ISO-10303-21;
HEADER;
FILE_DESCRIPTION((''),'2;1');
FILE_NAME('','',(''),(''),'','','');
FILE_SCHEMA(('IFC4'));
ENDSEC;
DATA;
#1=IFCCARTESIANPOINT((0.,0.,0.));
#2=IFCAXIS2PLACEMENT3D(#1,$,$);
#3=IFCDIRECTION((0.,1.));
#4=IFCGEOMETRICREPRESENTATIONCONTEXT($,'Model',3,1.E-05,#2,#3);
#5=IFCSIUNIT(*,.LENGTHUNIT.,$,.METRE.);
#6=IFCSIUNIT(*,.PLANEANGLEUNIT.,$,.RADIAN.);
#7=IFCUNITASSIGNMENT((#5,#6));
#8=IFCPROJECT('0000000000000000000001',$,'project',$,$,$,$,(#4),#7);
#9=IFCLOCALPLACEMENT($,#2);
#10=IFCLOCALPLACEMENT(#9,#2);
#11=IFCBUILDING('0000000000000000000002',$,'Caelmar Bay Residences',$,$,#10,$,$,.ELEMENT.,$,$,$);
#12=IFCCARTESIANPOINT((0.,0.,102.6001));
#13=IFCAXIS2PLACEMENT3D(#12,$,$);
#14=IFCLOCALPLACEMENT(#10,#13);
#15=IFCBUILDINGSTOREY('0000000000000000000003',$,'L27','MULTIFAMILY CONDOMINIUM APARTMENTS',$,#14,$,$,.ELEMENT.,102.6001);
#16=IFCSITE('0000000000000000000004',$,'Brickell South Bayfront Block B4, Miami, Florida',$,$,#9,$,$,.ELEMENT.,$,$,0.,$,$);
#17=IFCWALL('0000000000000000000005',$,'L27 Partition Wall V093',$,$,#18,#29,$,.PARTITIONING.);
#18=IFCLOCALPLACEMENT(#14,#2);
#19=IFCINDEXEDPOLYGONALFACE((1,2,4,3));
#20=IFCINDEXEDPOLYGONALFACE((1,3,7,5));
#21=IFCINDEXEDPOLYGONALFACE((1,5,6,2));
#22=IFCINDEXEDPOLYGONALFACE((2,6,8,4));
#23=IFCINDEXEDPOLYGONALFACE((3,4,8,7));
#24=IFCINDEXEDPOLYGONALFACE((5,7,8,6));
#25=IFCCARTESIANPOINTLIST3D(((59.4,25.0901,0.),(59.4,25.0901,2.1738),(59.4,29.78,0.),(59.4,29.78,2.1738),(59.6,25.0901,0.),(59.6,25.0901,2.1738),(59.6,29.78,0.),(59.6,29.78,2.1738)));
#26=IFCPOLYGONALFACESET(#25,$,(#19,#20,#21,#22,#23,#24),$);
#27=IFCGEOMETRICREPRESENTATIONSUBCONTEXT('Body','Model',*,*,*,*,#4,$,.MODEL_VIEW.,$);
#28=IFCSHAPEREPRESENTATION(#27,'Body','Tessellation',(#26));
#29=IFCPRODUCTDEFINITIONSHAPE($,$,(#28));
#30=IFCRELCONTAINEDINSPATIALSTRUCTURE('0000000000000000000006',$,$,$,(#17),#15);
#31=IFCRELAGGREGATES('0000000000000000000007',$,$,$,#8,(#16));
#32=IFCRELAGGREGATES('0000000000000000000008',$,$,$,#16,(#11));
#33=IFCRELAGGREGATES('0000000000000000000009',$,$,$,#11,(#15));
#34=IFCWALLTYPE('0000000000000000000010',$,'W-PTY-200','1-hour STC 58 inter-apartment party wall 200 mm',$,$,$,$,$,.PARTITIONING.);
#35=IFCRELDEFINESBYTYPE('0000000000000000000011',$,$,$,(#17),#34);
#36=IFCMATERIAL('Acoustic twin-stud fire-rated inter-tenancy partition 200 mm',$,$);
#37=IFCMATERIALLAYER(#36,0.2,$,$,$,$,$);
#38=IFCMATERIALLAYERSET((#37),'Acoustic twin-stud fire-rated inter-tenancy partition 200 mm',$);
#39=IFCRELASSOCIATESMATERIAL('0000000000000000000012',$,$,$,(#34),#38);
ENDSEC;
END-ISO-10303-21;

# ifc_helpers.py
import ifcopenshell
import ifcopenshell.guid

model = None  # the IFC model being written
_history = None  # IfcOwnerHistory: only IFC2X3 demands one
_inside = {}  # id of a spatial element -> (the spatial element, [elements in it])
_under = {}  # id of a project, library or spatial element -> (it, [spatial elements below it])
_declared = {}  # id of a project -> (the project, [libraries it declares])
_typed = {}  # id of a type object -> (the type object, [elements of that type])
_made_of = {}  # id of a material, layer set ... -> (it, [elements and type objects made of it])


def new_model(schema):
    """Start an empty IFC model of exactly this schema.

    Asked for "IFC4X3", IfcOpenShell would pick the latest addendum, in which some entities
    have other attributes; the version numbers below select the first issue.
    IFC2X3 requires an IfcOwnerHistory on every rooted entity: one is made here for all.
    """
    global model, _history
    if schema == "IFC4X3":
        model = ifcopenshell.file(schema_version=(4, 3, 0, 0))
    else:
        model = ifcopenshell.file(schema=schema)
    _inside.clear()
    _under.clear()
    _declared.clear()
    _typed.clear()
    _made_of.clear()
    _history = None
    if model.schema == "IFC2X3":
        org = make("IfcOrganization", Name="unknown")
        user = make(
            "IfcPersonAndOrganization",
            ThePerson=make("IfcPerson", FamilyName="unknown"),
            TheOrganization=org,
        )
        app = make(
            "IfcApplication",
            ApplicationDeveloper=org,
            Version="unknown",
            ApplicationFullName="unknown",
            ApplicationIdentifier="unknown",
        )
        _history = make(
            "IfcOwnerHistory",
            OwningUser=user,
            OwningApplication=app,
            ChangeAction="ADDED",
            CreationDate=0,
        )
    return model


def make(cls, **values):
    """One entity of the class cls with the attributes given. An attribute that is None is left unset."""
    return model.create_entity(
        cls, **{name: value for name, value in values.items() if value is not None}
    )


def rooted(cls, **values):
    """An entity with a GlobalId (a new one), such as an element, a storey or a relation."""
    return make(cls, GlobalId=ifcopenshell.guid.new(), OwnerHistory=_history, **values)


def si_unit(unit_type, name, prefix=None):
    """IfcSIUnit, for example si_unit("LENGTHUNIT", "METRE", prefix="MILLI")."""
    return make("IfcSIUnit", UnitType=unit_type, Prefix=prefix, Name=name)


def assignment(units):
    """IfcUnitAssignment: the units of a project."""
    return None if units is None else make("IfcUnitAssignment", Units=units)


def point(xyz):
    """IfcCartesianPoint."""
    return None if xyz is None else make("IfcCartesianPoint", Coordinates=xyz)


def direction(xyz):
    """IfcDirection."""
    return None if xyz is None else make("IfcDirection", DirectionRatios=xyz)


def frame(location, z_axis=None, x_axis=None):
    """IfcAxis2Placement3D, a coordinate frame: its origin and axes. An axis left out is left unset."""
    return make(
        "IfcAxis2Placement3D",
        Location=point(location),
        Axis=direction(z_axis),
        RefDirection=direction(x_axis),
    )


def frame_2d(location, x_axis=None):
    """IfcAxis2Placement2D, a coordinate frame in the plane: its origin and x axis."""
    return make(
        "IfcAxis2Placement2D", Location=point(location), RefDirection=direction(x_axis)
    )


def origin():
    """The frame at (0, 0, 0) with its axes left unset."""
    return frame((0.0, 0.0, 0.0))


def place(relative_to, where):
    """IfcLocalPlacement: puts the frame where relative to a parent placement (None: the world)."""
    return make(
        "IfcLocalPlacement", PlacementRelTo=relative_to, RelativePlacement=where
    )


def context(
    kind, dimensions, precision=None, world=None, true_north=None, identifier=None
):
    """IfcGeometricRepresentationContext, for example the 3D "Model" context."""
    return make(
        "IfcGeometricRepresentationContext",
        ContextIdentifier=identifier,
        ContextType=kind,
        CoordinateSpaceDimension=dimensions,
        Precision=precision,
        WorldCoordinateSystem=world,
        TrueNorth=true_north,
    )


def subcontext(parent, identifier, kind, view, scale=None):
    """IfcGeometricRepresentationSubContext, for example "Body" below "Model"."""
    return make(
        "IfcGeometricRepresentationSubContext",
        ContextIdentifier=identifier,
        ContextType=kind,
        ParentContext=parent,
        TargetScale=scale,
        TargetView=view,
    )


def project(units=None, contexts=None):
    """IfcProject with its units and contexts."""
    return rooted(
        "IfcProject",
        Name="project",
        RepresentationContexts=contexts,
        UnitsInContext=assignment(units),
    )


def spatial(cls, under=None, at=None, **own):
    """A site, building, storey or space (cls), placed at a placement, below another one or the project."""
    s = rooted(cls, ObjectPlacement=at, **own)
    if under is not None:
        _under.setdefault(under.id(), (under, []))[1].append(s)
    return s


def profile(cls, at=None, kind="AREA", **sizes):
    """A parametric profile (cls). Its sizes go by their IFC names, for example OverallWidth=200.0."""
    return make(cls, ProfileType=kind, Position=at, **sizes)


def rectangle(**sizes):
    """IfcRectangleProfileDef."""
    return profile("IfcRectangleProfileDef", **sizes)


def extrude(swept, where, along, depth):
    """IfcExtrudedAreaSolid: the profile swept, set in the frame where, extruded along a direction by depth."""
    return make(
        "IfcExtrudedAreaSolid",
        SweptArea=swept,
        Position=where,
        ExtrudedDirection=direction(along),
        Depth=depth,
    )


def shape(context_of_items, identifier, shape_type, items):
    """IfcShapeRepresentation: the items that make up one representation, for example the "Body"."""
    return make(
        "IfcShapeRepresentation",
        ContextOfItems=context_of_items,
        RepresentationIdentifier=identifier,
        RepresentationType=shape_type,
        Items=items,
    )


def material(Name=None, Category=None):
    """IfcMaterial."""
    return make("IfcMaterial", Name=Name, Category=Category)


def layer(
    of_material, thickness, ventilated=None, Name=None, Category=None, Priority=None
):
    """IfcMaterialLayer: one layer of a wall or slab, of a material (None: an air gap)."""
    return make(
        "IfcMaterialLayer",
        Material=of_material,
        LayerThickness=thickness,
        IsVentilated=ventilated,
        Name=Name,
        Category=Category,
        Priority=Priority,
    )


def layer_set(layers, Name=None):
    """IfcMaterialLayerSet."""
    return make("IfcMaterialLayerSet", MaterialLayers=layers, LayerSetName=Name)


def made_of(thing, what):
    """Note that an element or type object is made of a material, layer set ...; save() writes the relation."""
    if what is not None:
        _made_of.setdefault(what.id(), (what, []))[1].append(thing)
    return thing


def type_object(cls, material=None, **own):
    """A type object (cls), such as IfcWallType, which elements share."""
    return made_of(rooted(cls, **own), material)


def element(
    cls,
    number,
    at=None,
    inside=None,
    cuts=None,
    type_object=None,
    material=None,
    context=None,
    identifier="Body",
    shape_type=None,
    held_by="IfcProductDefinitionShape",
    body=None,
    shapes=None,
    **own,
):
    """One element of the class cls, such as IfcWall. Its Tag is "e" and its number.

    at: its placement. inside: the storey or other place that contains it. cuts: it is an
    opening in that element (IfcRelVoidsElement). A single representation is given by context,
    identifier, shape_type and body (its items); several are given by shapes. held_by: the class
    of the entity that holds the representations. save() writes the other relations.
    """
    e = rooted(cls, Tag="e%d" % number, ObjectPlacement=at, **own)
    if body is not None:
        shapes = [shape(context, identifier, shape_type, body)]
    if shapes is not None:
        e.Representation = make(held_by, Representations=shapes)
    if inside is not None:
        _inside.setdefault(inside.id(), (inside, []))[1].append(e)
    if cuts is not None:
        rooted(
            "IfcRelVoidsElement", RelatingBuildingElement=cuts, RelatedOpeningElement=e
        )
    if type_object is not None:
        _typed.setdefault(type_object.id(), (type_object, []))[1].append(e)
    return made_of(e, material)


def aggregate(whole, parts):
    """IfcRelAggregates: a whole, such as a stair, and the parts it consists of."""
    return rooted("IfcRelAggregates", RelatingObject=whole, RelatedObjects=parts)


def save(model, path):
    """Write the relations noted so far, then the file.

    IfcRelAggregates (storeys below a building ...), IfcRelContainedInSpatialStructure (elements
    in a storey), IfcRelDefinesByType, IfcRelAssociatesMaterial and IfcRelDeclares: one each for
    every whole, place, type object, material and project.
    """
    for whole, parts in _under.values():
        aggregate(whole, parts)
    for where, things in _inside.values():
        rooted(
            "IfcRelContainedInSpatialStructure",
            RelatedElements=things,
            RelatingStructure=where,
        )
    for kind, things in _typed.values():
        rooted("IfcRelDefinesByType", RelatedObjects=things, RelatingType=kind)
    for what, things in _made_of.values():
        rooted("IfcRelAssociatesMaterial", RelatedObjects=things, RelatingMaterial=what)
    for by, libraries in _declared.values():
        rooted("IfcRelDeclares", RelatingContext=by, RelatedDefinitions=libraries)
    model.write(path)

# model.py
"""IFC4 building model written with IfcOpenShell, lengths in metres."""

from ifc_helpers import new_model, si_unit, direction, frame, frame_2d, origin, place, context, subcontext, project, spatial, rectangle, extrude, material, layer, layer_set, type_object, element, save


model = new_model("IFC4")

# Units and contexts
model_context = context("Model", 3, precision=1e-05, world=origin(), true_north=direction((0.0, 1.0)))
body_context = subcontext(model_context, "Body", "Model", "MODEL_VIEW")
ifc_project = project(units=[si_unit("LENGTHUNIT", "METRE"), si_unit("PLANEANGLEUNIT", "RADIAN")], contexts=[model_context])

# Site, building, storey
site_placement = place(None, origin())
site = spatial("IfcSite", under=ifc_project, at=site_placement, Name="Brickell South Bayfront Block B4, Miami, Florida", CompositionType="ELEMENT", RefElevation=0.0)
building_placement = place(site_placement, origin())
building = spatial("IfcBuilding", under=site, at=building_placement, Name="Caelmar Bay Residences", CompositionType="ELEMENT")
storey_placement = place(building_placement, frame((0.0, 0.0, 102.6001)))
storey = spatial("IfcBuildingStorey", under=building, at=storey_placement, Name="L27", Description="MULTIFAMILY CONDOMINIUM APARTMENTS", CompositionType="ELEMENT", Elevation=102.6001)

# Wall
ifc_material_1 = material(Name="Acoustic twin-stud fire-rated inter-tenancy partition 200 mm")
ifc_layer_1 = layer(ifc_material_1, 0.2)
ifc_layer_set_1 = layer_set([ifc_layer_1], Name="Acoustic twin-stud fire-rated inter-tenancy partition 200 mm")
wall_type_1 = type_object("IfcWallType", Name="W-PTY-200", Description="1-hour STC 58 inter-apartment party wall 200 mm", PredefinedType="PARTITIONING", material=ifc_layer_set_1)
wall_1_placement = place(storey_placement, frame((59.5, 25.0901, 0.0), z_axis=(0.0, 0.0, 1.0), x_axis=(0.0, 1.0, 0.0)))
element("IfcWall", 1, at=wall_1_placement, inside=storey, type_object=wall_type_1, Name="L27 Partition Wall V093", PredefinedType="PARTITIONING", context=body_context, shape_type="SweptSolid", body=[
    extrude(rectangle(XDim=4.6899, YDim=0.2, at=frame_2d((2.345, 0.0))), origin(), (0.0, 0.0, 1.0), 2.1738),
])

save(model, "model.ifc")
